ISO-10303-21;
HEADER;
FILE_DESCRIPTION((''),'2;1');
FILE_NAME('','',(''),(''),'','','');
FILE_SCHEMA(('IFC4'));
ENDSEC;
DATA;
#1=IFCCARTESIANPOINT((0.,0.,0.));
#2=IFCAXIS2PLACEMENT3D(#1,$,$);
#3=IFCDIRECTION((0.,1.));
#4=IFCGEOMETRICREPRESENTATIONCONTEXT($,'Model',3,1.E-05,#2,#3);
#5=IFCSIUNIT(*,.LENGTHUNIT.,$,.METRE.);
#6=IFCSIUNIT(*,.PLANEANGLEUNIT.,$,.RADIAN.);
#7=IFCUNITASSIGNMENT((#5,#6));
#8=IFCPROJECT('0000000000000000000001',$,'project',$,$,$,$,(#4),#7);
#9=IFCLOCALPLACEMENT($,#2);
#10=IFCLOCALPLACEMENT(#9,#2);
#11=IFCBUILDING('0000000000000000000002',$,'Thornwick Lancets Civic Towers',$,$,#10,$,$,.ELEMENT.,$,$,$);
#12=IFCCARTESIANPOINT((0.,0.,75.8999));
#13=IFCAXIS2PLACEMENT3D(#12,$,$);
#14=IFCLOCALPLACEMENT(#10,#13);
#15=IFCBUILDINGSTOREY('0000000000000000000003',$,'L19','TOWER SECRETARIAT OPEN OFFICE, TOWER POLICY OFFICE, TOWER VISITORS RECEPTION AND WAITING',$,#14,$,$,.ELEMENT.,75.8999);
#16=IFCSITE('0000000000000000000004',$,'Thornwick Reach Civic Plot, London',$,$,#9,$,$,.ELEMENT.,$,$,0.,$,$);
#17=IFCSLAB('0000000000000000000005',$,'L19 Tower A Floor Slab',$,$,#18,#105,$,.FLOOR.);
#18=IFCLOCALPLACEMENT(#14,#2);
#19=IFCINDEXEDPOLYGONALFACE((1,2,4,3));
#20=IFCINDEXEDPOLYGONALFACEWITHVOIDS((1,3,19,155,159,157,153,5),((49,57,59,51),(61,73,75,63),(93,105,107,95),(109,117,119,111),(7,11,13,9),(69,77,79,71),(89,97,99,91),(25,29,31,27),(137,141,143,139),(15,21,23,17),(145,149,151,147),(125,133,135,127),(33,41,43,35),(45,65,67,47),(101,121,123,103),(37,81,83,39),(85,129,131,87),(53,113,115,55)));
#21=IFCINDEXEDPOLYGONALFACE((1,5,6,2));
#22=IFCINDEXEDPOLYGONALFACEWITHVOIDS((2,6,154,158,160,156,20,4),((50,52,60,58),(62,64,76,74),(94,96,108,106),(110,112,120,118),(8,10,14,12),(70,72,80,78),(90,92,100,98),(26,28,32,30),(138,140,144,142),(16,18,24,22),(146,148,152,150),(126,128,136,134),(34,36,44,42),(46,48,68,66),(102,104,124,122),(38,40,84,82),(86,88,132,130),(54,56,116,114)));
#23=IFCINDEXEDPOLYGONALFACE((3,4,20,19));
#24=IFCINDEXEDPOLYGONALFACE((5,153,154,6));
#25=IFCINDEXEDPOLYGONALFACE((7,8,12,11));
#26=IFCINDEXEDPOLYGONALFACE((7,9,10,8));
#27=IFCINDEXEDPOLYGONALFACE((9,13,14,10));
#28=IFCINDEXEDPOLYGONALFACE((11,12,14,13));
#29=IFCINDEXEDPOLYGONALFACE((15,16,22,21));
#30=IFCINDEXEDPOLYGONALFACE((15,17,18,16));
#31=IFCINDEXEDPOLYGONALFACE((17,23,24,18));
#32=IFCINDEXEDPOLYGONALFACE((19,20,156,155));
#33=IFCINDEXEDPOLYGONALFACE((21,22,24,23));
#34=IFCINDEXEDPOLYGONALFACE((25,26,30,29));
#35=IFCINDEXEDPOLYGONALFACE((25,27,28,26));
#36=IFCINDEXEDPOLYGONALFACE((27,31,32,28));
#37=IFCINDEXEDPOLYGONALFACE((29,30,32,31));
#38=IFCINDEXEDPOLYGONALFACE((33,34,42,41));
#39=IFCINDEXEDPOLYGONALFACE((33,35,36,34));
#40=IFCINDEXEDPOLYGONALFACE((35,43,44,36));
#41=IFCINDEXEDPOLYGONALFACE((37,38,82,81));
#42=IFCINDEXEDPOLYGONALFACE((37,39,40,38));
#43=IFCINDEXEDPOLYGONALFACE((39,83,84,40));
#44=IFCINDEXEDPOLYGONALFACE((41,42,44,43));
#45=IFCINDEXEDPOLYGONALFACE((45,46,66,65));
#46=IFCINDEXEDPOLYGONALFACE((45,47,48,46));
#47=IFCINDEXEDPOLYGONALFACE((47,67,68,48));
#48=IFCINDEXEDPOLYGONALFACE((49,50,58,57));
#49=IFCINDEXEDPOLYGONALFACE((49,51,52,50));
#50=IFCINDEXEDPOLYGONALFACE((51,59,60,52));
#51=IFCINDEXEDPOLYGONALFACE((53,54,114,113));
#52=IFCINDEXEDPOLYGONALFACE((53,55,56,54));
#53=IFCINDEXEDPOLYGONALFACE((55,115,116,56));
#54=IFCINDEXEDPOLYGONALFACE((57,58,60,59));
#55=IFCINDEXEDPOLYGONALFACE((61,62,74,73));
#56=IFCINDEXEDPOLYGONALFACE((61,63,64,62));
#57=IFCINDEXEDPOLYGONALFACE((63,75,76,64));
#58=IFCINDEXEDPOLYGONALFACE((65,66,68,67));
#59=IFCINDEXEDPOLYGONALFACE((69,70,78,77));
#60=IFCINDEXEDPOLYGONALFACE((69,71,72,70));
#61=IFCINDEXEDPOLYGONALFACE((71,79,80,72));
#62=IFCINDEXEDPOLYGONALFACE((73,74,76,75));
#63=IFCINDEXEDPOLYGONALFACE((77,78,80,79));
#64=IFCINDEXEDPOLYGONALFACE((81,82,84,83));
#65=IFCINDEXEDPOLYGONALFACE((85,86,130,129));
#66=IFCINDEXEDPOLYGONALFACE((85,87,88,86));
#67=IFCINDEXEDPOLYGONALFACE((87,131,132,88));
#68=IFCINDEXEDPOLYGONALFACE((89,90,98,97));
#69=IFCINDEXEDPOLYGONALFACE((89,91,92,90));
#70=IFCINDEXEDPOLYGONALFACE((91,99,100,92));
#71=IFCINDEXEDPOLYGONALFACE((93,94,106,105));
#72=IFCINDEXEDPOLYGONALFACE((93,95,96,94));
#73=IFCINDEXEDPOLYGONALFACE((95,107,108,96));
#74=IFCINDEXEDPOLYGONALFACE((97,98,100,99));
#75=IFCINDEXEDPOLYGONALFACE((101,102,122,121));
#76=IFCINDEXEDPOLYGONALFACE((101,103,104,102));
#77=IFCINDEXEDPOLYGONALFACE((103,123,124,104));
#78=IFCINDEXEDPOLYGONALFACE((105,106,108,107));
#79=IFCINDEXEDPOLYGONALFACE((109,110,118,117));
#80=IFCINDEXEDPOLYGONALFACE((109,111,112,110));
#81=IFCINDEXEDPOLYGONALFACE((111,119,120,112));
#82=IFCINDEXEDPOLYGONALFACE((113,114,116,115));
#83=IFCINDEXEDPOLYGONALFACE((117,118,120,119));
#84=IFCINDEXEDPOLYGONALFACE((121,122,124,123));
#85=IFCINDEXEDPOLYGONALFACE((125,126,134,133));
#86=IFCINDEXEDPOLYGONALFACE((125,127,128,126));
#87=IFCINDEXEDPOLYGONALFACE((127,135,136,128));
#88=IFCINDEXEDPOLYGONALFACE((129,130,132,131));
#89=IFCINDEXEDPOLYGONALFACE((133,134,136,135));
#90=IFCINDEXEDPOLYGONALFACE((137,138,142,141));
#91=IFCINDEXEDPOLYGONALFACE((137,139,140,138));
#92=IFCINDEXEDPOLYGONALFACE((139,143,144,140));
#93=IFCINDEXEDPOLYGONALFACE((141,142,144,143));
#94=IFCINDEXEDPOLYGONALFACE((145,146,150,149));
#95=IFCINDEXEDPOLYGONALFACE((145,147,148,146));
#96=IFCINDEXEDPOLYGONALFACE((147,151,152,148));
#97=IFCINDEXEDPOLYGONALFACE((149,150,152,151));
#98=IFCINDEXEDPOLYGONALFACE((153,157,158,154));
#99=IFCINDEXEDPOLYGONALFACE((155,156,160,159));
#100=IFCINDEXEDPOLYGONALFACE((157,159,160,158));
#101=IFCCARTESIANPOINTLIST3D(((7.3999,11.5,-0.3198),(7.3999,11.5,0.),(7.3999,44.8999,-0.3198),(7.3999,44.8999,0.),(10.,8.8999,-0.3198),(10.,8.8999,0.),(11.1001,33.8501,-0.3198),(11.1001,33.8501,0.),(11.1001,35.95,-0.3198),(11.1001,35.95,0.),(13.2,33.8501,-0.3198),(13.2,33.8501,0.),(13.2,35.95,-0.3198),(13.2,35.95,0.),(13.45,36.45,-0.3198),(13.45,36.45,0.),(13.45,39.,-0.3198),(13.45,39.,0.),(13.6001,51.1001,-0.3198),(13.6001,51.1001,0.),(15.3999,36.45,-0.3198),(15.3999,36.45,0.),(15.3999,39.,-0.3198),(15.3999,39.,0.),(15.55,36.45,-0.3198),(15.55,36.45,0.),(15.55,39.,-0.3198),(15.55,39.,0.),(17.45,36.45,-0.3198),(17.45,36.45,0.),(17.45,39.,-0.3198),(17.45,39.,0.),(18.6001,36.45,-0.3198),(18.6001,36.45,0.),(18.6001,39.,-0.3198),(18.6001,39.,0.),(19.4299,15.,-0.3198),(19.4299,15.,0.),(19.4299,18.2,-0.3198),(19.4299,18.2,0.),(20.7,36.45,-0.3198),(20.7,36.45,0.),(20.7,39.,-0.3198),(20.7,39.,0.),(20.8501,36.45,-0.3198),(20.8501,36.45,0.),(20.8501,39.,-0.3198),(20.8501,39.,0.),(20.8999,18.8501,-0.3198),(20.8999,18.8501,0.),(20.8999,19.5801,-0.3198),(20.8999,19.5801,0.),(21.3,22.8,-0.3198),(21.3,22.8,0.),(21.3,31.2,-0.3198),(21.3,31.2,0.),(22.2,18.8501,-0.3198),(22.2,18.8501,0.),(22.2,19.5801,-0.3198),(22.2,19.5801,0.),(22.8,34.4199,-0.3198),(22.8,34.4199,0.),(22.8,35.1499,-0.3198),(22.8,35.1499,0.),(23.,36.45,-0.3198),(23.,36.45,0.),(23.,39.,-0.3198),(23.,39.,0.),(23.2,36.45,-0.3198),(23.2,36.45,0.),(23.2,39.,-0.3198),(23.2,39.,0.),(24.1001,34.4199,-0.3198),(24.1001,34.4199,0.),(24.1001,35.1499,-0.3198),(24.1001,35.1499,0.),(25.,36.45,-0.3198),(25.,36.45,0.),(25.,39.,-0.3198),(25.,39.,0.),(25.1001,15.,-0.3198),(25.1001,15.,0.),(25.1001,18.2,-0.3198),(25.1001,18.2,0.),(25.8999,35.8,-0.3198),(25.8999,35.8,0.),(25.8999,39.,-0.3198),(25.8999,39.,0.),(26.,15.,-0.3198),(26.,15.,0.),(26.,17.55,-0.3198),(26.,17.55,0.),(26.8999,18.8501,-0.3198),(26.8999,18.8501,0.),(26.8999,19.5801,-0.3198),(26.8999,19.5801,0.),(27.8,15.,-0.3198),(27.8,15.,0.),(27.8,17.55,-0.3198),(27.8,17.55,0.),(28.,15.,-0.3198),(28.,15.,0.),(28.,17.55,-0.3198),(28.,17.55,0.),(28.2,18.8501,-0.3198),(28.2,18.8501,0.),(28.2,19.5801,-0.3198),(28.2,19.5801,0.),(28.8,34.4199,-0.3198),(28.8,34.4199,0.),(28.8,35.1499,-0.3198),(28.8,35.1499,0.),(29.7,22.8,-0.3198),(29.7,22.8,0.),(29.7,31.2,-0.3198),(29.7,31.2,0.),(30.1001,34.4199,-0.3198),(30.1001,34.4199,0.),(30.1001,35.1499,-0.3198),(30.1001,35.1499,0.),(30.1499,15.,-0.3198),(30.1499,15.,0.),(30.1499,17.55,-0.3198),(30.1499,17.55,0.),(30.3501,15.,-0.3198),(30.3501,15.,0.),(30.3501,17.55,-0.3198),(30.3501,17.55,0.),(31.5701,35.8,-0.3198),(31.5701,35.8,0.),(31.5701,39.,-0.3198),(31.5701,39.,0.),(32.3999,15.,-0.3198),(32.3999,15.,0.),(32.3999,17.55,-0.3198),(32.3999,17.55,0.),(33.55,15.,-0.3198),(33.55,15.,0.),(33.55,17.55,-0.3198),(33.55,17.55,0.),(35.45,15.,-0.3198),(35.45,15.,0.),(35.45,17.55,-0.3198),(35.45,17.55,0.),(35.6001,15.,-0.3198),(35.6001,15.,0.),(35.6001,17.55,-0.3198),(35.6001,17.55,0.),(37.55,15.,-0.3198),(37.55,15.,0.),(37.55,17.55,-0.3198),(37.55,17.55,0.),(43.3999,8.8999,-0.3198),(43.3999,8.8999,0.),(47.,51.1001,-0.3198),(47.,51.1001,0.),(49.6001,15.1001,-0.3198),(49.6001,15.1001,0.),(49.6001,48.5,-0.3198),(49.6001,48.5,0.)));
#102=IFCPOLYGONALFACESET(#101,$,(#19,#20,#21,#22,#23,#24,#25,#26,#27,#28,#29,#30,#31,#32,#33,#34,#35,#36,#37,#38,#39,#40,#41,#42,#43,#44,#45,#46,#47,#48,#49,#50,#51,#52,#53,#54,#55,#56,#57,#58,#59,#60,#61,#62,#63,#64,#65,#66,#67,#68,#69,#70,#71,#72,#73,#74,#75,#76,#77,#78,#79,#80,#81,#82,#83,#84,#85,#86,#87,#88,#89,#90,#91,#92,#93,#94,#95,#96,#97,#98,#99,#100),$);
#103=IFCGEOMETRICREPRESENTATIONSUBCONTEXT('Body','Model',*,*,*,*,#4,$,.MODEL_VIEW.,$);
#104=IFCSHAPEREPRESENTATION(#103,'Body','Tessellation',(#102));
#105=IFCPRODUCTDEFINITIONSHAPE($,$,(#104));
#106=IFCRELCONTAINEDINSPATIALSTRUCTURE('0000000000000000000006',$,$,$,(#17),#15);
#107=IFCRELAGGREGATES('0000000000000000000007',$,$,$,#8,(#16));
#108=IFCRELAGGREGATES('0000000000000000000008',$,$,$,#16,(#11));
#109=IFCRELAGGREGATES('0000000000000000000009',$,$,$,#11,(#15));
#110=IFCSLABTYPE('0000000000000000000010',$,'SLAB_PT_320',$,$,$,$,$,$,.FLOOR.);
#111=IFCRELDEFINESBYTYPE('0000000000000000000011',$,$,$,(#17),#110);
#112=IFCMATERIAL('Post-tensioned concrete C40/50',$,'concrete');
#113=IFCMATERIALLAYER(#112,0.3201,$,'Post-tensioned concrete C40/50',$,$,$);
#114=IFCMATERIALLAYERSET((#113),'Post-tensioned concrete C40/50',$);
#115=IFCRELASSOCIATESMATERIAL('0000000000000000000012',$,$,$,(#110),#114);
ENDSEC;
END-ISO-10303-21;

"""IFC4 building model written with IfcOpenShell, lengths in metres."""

from ifc_helpers import new_model, si_unit, direction, frame, origin, place, context, subcontext, project, spatial, polyline, outline, extrude, material, layer, layer_set, type_object, element, save


model = new_model("IFC4")

# Units and contexts
model_context = context("Model", 3, precision=1e-05, world=origin(), true_north=direction((0.0, 1.0)))
body_context = subcontext(model_context, "Body", "Model", "MODEL_VIEW")
ifc_project = project(units=[si_unit("LENGTHUNIT", "METRE"), si_unit("PLANEANGLEUNIT", "RADIAN")], contexts=[model_context])

# Site, building, storey
site_placement = place(None, origin())
site = spatial("IfcSite", under=ifc_project, at=site_placement, Name="Thornwick Reach Civic Plot, London", CompositionType="ELEMENT", RefElevation=0.0)
building_placement = place(site_placement, origin())
building = spatial("IfcBuilding", under=site, at=building_placement, Name="Thornwick Lancets Civic Towers", CompositionType="ELEMENT")
storey_placement = place(building_placement, frame((0.0, 0.0, 75.8999)))
storey = spatial("IfcBuildingStorey", under=building, at=storey_placement, Name="L19", Description="TOWER SECRETARIAT OPEN OFFICE, TOWER POLICY OFFICE, TOWER VISITORS RECEPTION AND WAITING", CompositionType="ELEMENT", Elevation=75.8999)

# Slab
ifc_material_1 = material(Name="Post-tensioned concrete C40/50", Category="concrete")
ifc_layer_1 = layer(ifc_material_1, 0.3201, Name="Post-tensioned concrete C40/50")
ifc_layer_set_1 = layer_set([ifc_layer_1], Name="Post-tensioned concrete C40/50")
slab_type_1 = type_object("IfcSlabType", Name="SLAB_PT_320", PredefinedType="FLOOR", material=ifc_layer_set_1)
slab_1_placement = place(storey_placement, frame((0.0, 0.0, -0.3198)))
element("IfcSlab", 1, at=slab_1_placement, inside=storey, type_object=slab_type_1, Name="L19 Tower A Floor Slab", PredefinedType="FLOOR", context=body_context, shape_type="SweptSolid", body=[
    extrude(outline(polyline([(10.0, 8.8999), (43.3999, 8.8999), (49.6001, 15.1001), (49.6001, 48.5), (47.0, 51.1001), (13.6001, 51.1001), (7.3999, 44.8999), (7.3999, 11.5), (10.0, 8.8999)]), holes=[polyline([(21.3, 22.8), (29.7, 22.8), (29.7, 31.2), (21.3, 31.2), (21.3, 22.8)]), polyline([(19.4299, 15.0), (25.1001, 15.0), (25.1001, 18.2), (19.4299, 18.2), (19.4299, 15.0)]), polyline([(31.5701, 39.0), (25.8999, 39.0), (25.8999, 35.8), (31.5701, 35.8), (31.5701, 39.0)]), polyline([(26.0, 15.0), (27.8, 15.0), (27.8, 17.55), (26.0, 17.55), (26.0, 15.0)]), polyline([(28.0, 15.0), (30.1499, 15.0), (30.1499, 17.55), (28.0, 17.55), (28.0, 15.0)]), polyline([(30.3501, 15.0), (32.3999, 15.0), (32.3999, 17.55), (30.3501, 17.55), (30.3501, 15.0)]), polyline([(33.55, 15.0), (35.45, 15.0), (35.45, 17.55), (33.55, 17.55), (33.55, 15.0)]), polyline([(35.6001, 15.0), (37.55, 15.0), (37.55, 17.55), (35.6001, 17.55), (35.6001, 15.0)]), polyline([(23.2, 36.45), (25.0, 36.45), (25.0, 39.0), (23.2, 39.0), (23.2, 36.45)]), polyline([(20.8501, 36.45), (23.0, 36.45), (23.0, 39.0), (20.8501, 39.0), (20.8501, 36.45)]), polyline([(18.6001, 36.45), (20.7, 36.45), (20.7, 39.0), (18.6001, 39.0), (18.6001, 36.45)]), polyline([(15.55, 36.45), (17.45, 36.45), (17.45, 39.0), (15.55, 39.0), (15.55, 36.45)]), polyline([(13.45, 36.45), (15.3999, 36.45), (15.3999, 39.0), (13.45, 39.0), (13.45, 36.45)]), polyline([(11.1001, 33.8501), (13.2, 33.8501), (13.2, 35.95), (11.1001, 35.95), (11.1001, 33.8501)]), polyline([(26.8999, 18.8501), (28.2, 18.8501), (28.2, 19.5801), (26.8999, 19.5801), (26.8999, 18.8501)]), polyline([(20.8999, 18.8501), (22.2, 18.8501), (22.2, 19.5801), (20.8999, 19.5801), (20.8999, 18.8501)]), polyline([(22.8, 34.4199), (24.1001, 34.4199), (24.1001, 35.1499), (22.8, 35.1499), (22.8, 34.4199)]), polyline([(28.8, 34.4199), (30.1001, 34.4199), (30.1001, 35.1499), (28.8, 35.1499), (28.8, 34.4199)])]), origin(), (0.0, 0.0, 1.0), 0.3198),
])

save(model, "model.ifc")
